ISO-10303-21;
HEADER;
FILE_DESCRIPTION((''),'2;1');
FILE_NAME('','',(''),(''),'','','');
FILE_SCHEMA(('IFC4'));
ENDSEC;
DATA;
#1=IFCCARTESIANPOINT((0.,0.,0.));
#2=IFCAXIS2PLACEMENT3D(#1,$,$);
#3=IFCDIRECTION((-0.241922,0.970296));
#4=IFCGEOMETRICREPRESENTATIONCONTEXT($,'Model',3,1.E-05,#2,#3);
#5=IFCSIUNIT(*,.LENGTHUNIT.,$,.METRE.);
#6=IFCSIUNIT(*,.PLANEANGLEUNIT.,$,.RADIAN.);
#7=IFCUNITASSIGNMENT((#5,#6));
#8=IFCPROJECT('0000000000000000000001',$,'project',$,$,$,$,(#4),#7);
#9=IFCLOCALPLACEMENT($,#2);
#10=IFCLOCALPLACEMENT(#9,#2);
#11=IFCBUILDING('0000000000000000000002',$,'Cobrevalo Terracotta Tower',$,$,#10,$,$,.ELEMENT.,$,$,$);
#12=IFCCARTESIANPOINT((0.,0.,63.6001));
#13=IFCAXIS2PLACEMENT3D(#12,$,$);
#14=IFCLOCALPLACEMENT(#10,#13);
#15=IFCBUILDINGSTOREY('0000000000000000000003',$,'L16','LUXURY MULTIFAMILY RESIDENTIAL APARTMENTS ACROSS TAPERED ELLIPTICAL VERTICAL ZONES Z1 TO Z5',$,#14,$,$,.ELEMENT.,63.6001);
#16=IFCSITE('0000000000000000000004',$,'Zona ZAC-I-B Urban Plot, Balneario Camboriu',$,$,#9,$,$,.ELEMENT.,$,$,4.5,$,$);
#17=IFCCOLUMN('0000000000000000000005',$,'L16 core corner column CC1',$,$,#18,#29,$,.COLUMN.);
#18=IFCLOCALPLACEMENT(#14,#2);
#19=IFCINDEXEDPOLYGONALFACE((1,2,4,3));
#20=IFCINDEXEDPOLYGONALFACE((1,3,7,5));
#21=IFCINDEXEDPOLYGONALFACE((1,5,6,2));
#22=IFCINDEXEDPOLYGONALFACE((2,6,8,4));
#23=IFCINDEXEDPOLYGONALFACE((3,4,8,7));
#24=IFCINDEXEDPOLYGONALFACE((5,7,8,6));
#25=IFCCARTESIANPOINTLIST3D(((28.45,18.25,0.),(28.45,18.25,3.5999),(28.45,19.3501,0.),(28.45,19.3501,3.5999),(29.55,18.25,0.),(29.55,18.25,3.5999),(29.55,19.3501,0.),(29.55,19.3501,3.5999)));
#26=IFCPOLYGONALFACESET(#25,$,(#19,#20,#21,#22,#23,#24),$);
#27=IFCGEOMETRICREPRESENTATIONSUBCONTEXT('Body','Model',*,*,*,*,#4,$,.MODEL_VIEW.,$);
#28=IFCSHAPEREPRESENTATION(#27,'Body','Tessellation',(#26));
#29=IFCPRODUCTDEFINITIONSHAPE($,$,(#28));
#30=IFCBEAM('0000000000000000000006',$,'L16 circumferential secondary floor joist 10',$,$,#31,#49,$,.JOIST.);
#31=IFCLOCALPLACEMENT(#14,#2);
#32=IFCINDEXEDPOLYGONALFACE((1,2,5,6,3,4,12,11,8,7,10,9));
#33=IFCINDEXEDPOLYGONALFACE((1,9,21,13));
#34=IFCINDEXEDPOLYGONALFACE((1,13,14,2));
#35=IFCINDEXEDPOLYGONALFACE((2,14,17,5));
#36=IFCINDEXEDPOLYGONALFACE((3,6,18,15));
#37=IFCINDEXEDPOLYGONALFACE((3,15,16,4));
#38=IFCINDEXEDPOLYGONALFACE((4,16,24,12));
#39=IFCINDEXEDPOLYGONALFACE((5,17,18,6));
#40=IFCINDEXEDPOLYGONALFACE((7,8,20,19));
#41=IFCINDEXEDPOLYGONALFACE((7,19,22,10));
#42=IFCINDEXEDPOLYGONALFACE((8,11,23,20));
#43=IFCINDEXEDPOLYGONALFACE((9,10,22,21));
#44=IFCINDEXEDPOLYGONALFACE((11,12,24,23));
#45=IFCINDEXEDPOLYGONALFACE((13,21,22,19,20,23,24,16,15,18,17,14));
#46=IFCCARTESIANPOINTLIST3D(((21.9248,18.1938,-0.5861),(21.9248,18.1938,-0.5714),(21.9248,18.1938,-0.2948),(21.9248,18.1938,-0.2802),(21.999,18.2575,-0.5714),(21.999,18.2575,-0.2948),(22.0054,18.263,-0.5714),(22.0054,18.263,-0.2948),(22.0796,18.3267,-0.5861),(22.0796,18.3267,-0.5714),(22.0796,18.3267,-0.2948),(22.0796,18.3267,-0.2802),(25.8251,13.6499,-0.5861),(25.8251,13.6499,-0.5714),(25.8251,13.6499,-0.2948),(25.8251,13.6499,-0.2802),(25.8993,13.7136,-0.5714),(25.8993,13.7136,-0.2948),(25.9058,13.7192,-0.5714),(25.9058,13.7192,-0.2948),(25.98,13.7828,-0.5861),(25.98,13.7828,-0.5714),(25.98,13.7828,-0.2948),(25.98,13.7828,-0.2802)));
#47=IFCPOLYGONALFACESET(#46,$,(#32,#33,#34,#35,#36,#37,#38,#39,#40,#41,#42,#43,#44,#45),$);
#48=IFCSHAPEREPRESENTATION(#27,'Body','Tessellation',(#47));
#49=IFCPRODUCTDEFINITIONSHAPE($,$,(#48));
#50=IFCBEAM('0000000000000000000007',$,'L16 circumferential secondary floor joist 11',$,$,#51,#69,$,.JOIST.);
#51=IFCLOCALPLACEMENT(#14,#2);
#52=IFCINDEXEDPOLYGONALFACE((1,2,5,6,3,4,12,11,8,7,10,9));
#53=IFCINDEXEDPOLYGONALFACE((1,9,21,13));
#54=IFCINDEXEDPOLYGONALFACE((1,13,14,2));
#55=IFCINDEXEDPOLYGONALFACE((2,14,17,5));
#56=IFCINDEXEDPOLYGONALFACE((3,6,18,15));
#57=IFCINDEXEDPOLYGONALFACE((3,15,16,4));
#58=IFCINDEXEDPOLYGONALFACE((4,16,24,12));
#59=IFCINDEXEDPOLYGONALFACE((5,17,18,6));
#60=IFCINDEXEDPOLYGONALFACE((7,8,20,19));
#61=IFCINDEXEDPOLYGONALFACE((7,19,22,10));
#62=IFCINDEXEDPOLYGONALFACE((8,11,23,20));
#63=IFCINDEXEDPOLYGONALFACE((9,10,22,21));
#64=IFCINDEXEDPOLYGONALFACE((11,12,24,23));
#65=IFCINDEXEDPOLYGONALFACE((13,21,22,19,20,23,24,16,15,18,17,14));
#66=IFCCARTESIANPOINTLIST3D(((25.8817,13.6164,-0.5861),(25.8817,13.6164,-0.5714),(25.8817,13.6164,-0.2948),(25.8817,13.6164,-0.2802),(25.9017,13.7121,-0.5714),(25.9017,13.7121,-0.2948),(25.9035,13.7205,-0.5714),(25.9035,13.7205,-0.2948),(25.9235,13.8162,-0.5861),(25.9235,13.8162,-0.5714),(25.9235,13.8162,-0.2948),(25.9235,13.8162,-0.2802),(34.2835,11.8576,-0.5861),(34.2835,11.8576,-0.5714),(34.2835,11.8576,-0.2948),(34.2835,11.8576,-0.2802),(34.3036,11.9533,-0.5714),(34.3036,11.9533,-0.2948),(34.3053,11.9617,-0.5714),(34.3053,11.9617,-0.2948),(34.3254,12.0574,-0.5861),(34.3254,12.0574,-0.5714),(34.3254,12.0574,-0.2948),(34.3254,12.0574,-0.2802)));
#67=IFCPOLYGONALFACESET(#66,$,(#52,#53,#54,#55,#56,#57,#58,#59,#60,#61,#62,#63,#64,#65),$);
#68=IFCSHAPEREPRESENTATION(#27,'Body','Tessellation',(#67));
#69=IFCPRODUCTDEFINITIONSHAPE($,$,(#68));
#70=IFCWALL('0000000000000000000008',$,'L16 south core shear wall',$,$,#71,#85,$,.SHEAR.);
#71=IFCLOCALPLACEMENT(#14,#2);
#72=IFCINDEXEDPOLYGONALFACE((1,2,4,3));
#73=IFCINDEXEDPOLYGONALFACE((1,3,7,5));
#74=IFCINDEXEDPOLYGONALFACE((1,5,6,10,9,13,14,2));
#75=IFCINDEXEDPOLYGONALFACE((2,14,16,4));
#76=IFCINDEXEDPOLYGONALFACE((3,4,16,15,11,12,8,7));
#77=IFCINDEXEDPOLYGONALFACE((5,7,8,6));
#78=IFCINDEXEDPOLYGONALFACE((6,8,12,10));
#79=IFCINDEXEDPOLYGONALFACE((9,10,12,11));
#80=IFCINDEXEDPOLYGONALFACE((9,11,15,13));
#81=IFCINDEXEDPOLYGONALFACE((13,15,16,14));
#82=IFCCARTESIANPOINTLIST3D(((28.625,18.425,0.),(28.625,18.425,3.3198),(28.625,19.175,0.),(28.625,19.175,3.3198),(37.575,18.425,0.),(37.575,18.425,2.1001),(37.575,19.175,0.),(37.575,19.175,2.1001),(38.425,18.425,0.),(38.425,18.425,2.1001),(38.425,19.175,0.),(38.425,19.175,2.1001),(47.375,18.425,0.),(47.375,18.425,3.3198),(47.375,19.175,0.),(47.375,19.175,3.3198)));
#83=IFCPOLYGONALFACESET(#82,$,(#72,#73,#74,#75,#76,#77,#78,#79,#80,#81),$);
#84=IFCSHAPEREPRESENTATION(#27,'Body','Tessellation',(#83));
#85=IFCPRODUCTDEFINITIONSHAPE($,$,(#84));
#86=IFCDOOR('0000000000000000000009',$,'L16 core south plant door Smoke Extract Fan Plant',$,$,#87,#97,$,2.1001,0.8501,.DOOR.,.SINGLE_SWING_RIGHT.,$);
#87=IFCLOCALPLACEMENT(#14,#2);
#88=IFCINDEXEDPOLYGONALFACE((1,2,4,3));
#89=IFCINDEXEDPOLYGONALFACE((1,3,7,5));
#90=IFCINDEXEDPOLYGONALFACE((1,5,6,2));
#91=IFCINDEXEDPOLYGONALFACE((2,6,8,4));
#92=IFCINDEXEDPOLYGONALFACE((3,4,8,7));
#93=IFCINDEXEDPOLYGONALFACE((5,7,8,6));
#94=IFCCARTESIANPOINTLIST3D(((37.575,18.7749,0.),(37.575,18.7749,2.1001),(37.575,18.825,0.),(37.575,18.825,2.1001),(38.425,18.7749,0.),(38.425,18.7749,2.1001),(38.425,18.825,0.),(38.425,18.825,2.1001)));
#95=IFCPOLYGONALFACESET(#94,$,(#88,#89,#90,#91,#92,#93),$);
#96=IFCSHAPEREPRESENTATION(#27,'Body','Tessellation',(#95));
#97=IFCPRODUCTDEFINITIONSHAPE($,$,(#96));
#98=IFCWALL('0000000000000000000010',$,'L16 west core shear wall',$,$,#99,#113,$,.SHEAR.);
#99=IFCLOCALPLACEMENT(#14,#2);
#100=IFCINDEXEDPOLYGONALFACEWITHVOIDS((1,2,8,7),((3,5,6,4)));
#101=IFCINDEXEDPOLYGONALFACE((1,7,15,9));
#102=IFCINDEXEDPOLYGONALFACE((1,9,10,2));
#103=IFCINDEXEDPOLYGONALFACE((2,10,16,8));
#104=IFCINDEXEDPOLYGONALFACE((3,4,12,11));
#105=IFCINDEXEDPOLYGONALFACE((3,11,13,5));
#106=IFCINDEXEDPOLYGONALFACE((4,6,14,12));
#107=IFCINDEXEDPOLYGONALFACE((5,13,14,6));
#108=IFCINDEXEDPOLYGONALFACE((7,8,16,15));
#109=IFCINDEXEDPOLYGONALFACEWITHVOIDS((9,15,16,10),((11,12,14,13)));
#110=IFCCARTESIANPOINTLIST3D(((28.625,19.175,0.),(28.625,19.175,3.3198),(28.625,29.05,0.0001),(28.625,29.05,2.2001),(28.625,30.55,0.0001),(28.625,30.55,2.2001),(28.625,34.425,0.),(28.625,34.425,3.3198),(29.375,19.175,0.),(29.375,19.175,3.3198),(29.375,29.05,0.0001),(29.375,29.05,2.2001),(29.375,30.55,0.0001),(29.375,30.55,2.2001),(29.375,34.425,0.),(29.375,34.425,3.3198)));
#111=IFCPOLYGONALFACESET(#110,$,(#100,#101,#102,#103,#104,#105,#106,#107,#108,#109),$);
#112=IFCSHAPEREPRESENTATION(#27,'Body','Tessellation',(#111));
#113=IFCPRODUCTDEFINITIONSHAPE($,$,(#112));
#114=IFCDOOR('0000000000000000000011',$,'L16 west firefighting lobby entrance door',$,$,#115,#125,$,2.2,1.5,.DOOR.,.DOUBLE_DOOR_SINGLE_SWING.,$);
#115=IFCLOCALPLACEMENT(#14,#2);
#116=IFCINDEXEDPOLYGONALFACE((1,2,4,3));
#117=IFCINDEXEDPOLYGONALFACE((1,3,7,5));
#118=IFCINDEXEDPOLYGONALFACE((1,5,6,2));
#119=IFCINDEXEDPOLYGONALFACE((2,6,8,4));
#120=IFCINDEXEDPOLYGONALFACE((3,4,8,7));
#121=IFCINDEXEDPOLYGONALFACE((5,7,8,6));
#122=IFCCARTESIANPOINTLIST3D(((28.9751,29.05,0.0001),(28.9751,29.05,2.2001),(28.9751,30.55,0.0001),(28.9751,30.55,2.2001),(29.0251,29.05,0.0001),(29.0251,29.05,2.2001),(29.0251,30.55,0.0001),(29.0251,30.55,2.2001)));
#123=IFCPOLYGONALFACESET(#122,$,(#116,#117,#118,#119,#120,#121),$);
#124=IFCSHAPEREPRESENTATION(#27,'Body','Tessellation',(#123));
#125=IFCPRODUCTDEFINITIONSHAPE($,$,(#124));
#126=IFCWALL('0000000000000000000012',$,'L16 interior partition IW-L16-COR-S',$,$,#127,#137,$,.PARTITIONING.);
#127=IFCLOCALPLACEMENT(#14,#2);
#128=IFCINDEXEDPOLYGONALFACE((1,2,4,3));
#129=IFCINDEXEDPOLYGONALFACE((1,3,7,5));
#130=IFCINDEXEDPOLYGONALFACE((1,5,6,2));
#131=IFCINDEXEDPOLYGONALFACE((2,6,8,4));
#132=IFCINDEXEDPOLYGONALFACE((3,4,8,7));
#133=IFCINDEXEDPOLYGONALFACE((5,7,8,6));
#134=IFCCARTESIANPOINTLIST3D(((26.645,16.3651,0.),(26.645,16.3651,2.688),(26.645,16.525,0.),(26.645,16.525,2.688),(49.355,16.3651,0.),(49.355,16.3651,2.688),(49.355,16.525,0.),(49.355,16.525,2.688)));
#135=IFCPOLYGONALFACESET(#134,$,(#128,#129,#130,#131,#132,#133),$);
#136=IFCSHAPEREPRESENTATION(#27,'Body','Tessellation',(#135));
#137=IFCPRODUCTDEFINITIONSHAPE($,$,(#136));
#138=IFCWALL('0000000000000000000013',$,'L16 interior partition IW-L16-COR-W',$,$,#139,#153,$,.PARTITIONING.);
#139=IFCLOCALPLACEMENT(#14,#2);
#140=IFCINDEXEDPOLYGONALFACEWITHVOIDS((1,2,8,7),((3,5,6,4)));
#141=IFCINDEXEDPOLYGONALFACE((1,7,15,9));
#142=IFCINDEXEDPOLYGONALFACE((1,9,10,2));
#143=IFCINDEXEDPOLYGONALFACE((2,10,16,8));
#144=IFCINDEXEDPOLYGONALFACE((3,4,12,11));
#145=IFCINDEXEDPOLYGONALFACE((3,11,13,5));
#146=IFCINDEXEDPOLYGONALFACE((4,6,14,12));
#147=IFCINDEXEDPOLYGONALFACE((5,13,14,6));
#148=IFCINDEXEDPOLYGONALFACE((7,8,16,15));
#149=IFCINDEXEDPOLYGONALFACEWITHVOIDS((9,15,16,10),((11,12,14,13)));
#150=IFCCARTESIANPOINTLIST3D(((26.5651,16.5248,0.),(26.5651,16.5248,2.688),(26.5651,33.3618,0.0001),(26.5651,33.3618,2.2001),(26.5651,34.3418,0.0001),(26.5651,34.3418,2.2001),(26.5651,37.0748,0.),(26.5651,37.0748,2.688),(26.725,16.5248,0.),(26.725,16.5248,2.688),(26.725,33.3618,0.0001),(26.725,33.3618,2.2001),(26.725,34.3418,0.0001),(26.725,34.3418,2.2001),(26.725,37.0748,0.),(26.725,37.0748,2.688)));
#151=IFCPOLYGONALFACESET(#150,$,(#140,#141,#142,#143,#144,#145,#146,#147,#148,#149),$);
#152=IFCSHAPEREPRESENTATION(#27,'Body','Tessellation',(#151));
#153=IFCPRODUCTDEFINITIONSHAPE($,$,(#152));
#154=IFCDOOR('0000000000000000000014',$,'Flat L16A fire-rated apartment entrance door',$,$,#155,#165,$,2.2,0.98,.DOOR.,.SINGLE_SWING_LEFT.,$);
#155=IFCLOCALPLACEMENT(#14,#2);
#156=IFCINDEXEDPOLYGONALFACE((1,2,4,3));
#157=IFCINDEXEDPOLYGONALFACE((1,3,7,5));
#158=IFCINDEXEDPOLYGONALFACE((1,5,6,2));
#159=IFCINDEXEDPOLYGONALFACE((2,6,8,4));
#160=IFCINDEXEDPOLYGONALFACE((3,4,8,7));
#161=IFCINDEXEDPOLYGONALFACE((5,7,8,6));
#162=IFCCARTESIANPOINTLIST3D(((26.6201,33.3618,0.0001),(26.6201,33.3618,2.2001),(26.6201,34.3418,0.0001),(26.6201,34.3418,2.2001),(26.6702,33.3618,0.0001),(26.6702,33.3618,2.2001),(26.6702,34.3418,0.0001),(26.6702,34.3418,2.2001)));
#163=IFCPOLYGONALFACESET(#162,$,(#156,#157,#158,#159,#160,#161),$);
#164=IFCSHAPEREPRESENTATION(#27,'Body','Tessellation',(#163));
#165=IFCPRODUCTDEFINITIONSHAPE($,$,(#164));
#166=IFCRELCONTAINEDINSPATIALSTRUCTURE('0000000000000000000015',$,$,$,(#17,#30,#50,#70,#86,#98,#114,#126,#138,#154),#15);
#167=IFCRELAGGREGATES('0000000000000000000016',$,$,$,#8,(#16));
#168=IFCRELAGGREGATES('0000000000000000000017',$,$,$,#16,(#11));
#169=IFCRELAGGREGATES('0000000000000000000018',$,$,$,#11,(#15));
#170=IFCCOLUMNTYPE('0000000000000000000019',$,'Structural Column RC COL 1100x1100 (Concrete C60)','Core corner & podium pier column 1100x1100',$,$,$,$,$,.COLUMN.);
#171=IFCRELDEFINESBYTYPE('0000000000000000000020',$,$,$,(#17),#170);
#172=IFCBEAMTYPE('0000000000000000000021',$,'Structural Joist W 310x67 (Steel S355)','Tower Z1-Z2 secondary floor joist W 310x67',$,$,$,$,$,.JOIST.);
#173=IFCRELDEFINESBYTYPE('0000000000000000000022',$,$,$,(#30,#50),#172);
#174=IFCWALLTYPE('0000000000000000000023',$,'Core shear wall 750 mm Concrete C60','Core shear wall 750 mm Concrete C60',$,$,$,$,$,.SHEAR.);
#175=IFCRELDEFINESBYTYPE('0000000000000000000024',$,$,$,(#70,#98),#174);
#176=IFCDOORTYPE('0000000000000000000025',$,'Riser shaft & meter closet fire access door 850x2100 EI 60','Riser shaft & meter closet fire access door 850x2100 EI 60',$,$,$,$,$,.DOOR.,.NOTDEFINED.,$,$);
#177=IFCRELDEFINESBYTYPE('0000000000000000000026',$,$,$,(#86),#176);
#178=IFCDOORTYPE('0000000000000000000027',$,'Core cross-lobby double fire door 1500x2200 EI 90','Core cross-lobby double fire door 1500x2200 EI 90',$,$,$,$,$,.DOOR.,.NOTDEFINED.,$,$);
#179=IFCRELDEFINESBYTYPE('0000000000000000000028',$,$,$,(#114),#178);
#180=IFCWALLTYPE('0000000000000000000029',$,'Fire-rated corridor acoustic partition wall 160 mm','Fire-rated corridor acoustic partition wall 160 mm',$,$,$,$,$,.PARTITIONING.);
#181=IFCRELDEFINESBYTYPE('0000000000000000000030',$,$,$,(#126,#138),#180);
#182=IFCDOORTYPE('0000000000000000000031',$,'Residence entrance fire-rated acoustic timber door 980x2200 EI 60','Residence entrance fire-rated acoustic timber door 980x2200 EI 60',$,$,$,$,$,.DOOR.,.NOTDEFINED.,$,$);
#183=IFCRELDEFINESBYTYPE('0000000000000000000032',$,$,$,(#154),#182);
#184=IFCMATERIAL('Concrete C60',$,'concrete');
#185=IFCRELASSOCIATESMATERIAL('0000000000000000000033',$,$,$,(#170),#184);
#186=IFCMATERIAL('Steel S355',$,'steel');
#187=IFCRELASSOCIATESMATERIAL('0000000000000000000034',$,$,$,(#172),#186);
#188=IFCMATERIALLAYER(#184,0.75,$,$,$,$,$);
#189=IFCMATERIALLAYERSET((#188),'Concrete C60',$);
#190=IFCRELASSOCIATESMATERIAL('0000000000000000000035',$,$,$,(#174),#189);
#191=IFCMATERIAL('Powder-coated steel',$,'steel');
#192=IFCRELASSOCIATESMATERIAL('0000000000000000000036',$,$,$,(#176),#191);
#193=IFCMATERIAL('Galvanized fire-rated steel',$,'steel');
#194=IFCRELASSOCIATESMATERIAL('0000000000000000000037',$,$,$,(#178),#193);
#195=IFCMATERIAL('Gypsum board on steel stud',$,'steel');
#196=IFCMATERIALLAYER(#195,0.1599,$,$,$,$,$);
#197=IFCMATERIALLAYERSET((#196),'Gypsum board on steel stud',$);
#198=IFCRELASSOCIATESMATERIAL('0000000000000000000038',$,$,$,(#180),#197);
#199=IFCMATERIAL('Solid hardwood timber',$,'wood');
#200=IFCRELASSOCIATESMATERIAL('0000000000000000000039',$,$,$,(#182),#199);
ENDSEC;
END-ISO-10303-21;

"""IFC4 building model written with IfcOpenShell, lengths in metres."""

from ifc_helpers import new_model, si_unit, direction, frame, frame_2d, origin, origin_2d, place, context, subcontext, project, spatial, rectangle, i_section, extrude, source, transform, mapped, material, layer, layer_set, material_profile, profile_set, type_object, element, fill, save


model = new_model("IFC4")

# Units and contexts
model_context = context("Model", 3, precision=1e-05, world=origin(), true_north=direction((-0.241922, 0.970296)))
body_context = subcontext(model_context, "Body", "Model", "MODEL_VIEW")
ifc_project = project(units=[si_unit("LENGTHUNIT", "METRE"), si_unit("PLANEANGLEUNIT", "RADIAN")], contexts=[model_context])

# Site, building, storey
site_placement = place(None, origin())
site = spatial("IfcSite", under=ifc_project, at=site_placement, Name="Zona ZAC-I-B Urban Plot, Balneario Camboriu", CompositionType="ELEMENT", RefElevation=4.5)
building_placement = place(site_placement, origin())
building = spatial("IfcBuilding", under=site, at=building_placement, Name="Cobrevalo Terracotta Tower", CompositionType="ELEMENT")
storey_placement = place(building_placement, frame((0.0, 0.0, 63.6001)))
storey = spatial("IfcBuildingStorey", under=building, at=storey_placement, Name="L16", Description="LUXURY MULTIFAMILY RESIDENTIAL APARTMENTS ACROSS TAPERED ELLIPTICAL VERTICAL ZONES Z1 TO Z5", CompositionType="ELEMENT", Elevation=63.6001)

# Column
ifc_material_1 = material(Name="Concrete C60", Category="concrete")
ifc_material_profile_1 = material_profile(ifc_material_1, rectangle(XDim=1.1001, YDim=1.1001, at=origin_2d()), Name="RC COL 1100x1100")
ifc_profile_set_1 = profile_set([ifc_material_profile_1], Name="Concrete C60")
column_type = type_object("IfcColumnType", Name="Structural Column RC COL 1100x1100 (Concrete C60)", Description="Core corner & podium pier column 1100x1100", PredefinedType="COLUMN", material=ifc_profile_set_1)
column_placement = place(storey_placement, frame((29.0, 18.8, 0.0), z_axis=(0.0, 0.0, 1.0), x_axis=(1.0, 0.0, 0.0)))
element("IfcColumn", 1, at=column_placement, inside=storey, type_object=column_type, Name="L16 core corner column CC1", PredefinedType="COLUMN", context=body_context, shape_type="SweptSolid", body=[
    extrude(rectangle(XDim=1.1001, YDim=1.1001, at=origin_2d()), origin(), (0.0, 0.0, 1.0), 3.5999),
])

# Beams
ifc_material_2 = material(Name="Steel S355", Category="steel")
ifc_material_profile_2 = material_profile(ifc_material_2, i_section(OverallWidth=0.2041, OverallDepth=0.3059, WebThickness=0.0085, FlangeThickness=0.0146, at=origin_2d()), Name="W 310x67")
ifc_profile_set_2 = profile_set([ifc_material_profile_2], Name="Steel S355")
beam_type = type_object("IfcBeamType", Name="Structural Joist W 310x67 (Steel S355)", Description="Tower Z1-Z2 secondary floor joist W 310x67", PredefinedType="JOIST", material=ifc_profile_set_2)
beam_1_placement = place(storey_placement, frame((22.0022, 18.2603, -0.4331), z_axis=(0.651328, -0.758796, 0.0), x_axis=(0.758796, 0.651328, 0.0)))
element("IfcBeam", 2, at=beam_1_placement, inside=storey, type_object=beam_type, Name="L16 circumferential secondary floor joist 10", PredefinedType="JOIST", context=body_context, shape_type="SweptSolid", body=[
    extrude(i_section(OverallWidth=0.2041, OverallDepth=0.3059, WebThickness=0.0085, FlangeThickness=0.0146, at=origin_2d()), origin(), (0.0, 0.0, 1.0), 5.9883),
])
beam_2_placement = place(storey_placement, frame((25.9026, 13.7163, -0.4331), z_axis=(0.978785, -0.204892, 0.0), x_axis=(0.204892, 0.978785, 0.0)))
element("IfcBeam", 3, at=beam_2_placement, inside=storey, type_object=beam_type, Name="L16 circumferential secondary floor joist 11", PredefinedType="JOIST", context=body_context, shape_type="SweptSolid", body=[
    extrude(i_section(OverallWidth=0.2041, OverallDepth=0.3059, WebThickness=0.0085, FlangeThickness=0.0146, at=origin_2d()), origin(), (0.0, 0.0, 1.0), 8.584),
])

# Walls, openings, doors
ifc_layer_1 = layer(ifc_material_1, 0.75)
ifc_layer_set_1 = layer_set([ifc_layer_1], Name="Concrete C60")
wall_type_1 = type_object("IfcWallType", Name="Core shear wall 750 mm Concrete C60", Description="Core shear wall 750 mm Concrete C60", PredefinedType="SHEAR", material=ifc_layer_set_1)
wall_1_placement = place(storey_placement, frame((28.625, 18.8, 0.0), z_axis=(0.0, 0.0, 1.0), x_axis=(1.0, 0.0, 0.0)))
wall_1 = element("IfcWall", 4, at=wall_1_placement, inside=storey, type_object=wall_type_1, Name="L16 south core shear wall", PredefinedType="SHEAR", context=body_context, shape_type="SweptSolid", body=[
    extrude(rectangle(XDim=18.75, YDim=0.75, at=frame_2d((9.375, 0.0))), origin(), (0.0, 0.0, 1.0), 3.3198),
])
opening_1_placement = place(wall_1_placement, frame((8.95, 0.0, 0.0)))
opening_1 = element("IfcOpeningElement", 5, at=opening_1_placement, cuts=wall_1, PredefinedType="OPENING", context=body_context, shape_type="SweptSolid", body=[
    extrude(rectangle(XDim=0.8501, YDim=2.1001, at=frame_2d((0.425, 1.05))), frame((0.0, 0.385, 0.0), z_axis=(0.0, -1.0, 0.0), x_axis=(1.0, 0.0, 0.0)), (0.0, 0.0, 1.0), 0.77),
])
ifc_material_3 = material(Name="Powder-coated steel", Category="steel")
door_type_1 = type_object("IfcDoorType", Name="Riser shaft & meter closet fire access door 850x2100 EI 60", Description="Riser shaft & meter closet fire access door 850x2100 EI 60", OperationType="NOTDEFINED", PredefinedType="DOOR", material=ifc_material_3)
shared_shape_1 = source(origin(), body_context, "Body", "SweptSolid", [
    extrude(rectangle(XDim=0.8501, YDim=2.1001, at=frame_2d((0.425, 1.05))), frame((0.0, 0.0249, 0.0), z_axis=(0.0, -1.0, 0.0), x_axis=(1.0, 0.0, 0.0)), (0.0, 0.0, 1.0), 0.05),
])
door_1_placement = place(opening_1_placement, origin())
door_1 = element("IfcDoor", 6, at=door_1_placement, inside=storey, type_object=door_type_1, Name="L16 core south plant door Smoke Extract Fan Plant", OperationType="SINGLE_SWING_RIGHT", OverallHeight=2.1001, OverallWidth=0.8501, PredefinedType="DOOR", context=body_context, shape_type="MappedRepresentation", body=[
    mapped(shared_shape_1, transform((0.0, 0.0, 0.0), scale=1.0)),
])
fill(opening_1, door_1)
wall_2_placement = place(storey_placement, frame((29.0, 19.175, 0.0), z_axis=(0.0, 0.0, 1.0), x_axis=(0.0, 1.0, 0.0)))
wall_2 = element("IfcWall", 7, at=wall_2_placement, inside=storey, type_object=wall_type_1, Name="L16 west core shear wall", PredefinedType="SHEAR", context=body_context, shape_type="SweptSolid", body=[
    extrude(rectangle(XDim=15.25, YDim=0.75, at=frame_2d((7.625, 0.0))), origin(), (0.0, 0.0, 1.0), 3.3198),
])
opening_2_placement = place(wall_2_placement, frame((9.875, 0.0, 0.0)))
opening_2 = element("IfcOpeningElement", 8, at=opening_2_placement, cuts=wall_2, PredefinedType="OPENING", context=body_context, shape_type="SweptSolid", body=[
    extrude(rectangle(XDim=1.5, YDim=2.2, at=frame_2d((0.75, 1.1001))), frame((0.0, 0.385, 0.0), z_axis=(0.0, -1.0, 0.0), x_axis=(1.0, 0.0, 0.0)), (0.0, 0.0, 1.0), 0.77),
])
ifc_material_4 = material(Name="Galvanized fire-rated steel", Category="steel")
door_type_2 = type_object("IfcDoorType", Name="Core cross-lobby double fire door 1500x2200 EI 90", Description="Core cross-lobby double fire door 1500x2200 EI 90", OperationType="NOTDEFINED", PredefinedType="DOOR", material=ifc_material_4)
shared_shape_2 = source(origin(), body_context, "Body", "SweptSolid", [
    extrude(rectangle(XDim=1.5, YDim=2.2, at=frame_2d((0.75, 1.1001))), frame((0.0, 0.0249, 0.0), z_axis=(0.0, -1.0, 0.0), x_axis=(1.0, 0.0, 0.0)), (0.0, 0.0, 1.0), 0.05),
])
door_2_placement = place(opening_2_placement, origin())
door_2 = element("IfcDoor", 9, at=door_2_placement, inside=storey, type_object=door_type_2, Name="L16 west firefighting lobby entrance door", OperationType="DOUBLE_DOOR_SINGLE_SWING", OverallHeight=2.2, OverallWidth=1.5, PredefinedType="DOOR", context=body_context, shape_type="MappedRepresentation", body=[
    mapped(shared_shape_2, transform((0.0, 0.0, 0.0), scale=1.0)),
])
fill(opening_2, door_2)

# Wall
ifc_material_5 = material(Name="Gypsum board on steel stud", Category="steel")
ifc_layer_2 = layer(ifc_material_5, 0.1599)
ifc_layer_set_2 = layer_set([ifc_layer_2], Name="Gypsum board on steel stud")
wall_type_2 = type_object("IfcWallType", Name="Fire-rated corridor acoustic partition wall 160 mm", Description="Fire-rated corridor acoustic partition wall 160 mm", PredefinedType="PARTITIONING", material=ifc_layer_set_2)
wall_3_placement = place(storey_placement, frame((26.645, 16.4451, 0.0), z_axis=(0.0, 0.0, 1.0), x_axis=(1.0, 0.0, 0.0)))
element("IfcWall", 10, at=wall_3_placement, inside=storey, type_object=wall_type_2, Name="L16 interior partition IW-L16-COR-S", PredefinedType="PARTITIONING", context=body_context, shape_type="SweptSolid", body=[
    extrude(rectangle(XDim=22.71, YDim=0.1599, at=frame_2d((11.355, 0.0))), origin(), (0.0, 0.0, 1.0), 2.688),
])

# Wall, opening, door
wall_4_placement = place(storey_placement, frame((26.645, 16.5249, 0.0), z_axis=(0.0, 0.0, 1.0), x_axis=(0.0, 1.0, 0.0)))
wall_4 = element("IfcWall", 11, at=wall_4_placement, inside=storey, type_object=wall_type_2, Name="L16 interior partition IW-L16-COR-W", PredefinedType="PARTITIONING", context=body_context, shape_type="SweptSolid", body=[
    extrude(rectangle(XDim=20.55, YDim=0.1599, at=frame_2d((10.2749, 0.0))), origin(), (0.0, 0.0, 1.0), 2.688),
])
opening_3_placement = place(wall_4_placement, frame((16.8369, 0.0, 0.0)))
opening_3 = element("IfcOpeningElement", 12, at=opening_3_placement, cuts=wall_4, PredefinedType="OPENING", context=body_context, shape_type="SweptSolid", body=[
    extrude(rectangle(XDim=0.98, YDim=2.2, at=frame_2d((0.49, 1.1001))), frame((0.0, 0.0898, 0.0), z_axis=(0.0, -1.0, 0.0), x_axis=(1.0, 0.0, 0.0)), (0.0, 0.0, 1.0), 0.1799),
])
ifc_material_6 = material(Name="Solid hardwood timber", Category="wood")
door_type_3 = type_object("IfcDoorType", Name="Residence entrance fire-rated acoustic timber door 980x2200 EI 60", Description="Residence entrance fire-rated acoustic timber door 980x2200 EI 60", OperationType="NOTDEFINED", PredefinedType="DOOR", material=ifc_material_6)
shared_shape_3 = source(origin(), body_context, "Body", "SweptSolid", [
    extrude(rectangle(XDim=0.98, YDim=2.2, at=frame_2d((0.49, 1.1001))), frame((0.0, 0.0249, 0.0), z_axis=(0.0, -1.0, 0.0), x_axis=(1.0, 0.0, 0.0)), (0.0, 0.0, 1.0), 0.05),
])
door_3_placement = place(opening_3_placement, origin())
door_3 = element("IfcDoor", 13, at=door_3_placement, inside=storey, type_object=door_type_3, Name="Flat L16A fire-rated apartment entrance door", OperationType="SINGLE_SWING_LEFT", OverallHeight=2.2, OverallWidth=0.98, PredefinedType="DOOR", context=body_context, shape_type="MappedRepresentation", body=[
    mapped(shared_shape_3, transform((0.0, 0.0, 0.0), scale=1.0)),
])
fill(opening_3, door_3)

save(model, "model.ifc")
